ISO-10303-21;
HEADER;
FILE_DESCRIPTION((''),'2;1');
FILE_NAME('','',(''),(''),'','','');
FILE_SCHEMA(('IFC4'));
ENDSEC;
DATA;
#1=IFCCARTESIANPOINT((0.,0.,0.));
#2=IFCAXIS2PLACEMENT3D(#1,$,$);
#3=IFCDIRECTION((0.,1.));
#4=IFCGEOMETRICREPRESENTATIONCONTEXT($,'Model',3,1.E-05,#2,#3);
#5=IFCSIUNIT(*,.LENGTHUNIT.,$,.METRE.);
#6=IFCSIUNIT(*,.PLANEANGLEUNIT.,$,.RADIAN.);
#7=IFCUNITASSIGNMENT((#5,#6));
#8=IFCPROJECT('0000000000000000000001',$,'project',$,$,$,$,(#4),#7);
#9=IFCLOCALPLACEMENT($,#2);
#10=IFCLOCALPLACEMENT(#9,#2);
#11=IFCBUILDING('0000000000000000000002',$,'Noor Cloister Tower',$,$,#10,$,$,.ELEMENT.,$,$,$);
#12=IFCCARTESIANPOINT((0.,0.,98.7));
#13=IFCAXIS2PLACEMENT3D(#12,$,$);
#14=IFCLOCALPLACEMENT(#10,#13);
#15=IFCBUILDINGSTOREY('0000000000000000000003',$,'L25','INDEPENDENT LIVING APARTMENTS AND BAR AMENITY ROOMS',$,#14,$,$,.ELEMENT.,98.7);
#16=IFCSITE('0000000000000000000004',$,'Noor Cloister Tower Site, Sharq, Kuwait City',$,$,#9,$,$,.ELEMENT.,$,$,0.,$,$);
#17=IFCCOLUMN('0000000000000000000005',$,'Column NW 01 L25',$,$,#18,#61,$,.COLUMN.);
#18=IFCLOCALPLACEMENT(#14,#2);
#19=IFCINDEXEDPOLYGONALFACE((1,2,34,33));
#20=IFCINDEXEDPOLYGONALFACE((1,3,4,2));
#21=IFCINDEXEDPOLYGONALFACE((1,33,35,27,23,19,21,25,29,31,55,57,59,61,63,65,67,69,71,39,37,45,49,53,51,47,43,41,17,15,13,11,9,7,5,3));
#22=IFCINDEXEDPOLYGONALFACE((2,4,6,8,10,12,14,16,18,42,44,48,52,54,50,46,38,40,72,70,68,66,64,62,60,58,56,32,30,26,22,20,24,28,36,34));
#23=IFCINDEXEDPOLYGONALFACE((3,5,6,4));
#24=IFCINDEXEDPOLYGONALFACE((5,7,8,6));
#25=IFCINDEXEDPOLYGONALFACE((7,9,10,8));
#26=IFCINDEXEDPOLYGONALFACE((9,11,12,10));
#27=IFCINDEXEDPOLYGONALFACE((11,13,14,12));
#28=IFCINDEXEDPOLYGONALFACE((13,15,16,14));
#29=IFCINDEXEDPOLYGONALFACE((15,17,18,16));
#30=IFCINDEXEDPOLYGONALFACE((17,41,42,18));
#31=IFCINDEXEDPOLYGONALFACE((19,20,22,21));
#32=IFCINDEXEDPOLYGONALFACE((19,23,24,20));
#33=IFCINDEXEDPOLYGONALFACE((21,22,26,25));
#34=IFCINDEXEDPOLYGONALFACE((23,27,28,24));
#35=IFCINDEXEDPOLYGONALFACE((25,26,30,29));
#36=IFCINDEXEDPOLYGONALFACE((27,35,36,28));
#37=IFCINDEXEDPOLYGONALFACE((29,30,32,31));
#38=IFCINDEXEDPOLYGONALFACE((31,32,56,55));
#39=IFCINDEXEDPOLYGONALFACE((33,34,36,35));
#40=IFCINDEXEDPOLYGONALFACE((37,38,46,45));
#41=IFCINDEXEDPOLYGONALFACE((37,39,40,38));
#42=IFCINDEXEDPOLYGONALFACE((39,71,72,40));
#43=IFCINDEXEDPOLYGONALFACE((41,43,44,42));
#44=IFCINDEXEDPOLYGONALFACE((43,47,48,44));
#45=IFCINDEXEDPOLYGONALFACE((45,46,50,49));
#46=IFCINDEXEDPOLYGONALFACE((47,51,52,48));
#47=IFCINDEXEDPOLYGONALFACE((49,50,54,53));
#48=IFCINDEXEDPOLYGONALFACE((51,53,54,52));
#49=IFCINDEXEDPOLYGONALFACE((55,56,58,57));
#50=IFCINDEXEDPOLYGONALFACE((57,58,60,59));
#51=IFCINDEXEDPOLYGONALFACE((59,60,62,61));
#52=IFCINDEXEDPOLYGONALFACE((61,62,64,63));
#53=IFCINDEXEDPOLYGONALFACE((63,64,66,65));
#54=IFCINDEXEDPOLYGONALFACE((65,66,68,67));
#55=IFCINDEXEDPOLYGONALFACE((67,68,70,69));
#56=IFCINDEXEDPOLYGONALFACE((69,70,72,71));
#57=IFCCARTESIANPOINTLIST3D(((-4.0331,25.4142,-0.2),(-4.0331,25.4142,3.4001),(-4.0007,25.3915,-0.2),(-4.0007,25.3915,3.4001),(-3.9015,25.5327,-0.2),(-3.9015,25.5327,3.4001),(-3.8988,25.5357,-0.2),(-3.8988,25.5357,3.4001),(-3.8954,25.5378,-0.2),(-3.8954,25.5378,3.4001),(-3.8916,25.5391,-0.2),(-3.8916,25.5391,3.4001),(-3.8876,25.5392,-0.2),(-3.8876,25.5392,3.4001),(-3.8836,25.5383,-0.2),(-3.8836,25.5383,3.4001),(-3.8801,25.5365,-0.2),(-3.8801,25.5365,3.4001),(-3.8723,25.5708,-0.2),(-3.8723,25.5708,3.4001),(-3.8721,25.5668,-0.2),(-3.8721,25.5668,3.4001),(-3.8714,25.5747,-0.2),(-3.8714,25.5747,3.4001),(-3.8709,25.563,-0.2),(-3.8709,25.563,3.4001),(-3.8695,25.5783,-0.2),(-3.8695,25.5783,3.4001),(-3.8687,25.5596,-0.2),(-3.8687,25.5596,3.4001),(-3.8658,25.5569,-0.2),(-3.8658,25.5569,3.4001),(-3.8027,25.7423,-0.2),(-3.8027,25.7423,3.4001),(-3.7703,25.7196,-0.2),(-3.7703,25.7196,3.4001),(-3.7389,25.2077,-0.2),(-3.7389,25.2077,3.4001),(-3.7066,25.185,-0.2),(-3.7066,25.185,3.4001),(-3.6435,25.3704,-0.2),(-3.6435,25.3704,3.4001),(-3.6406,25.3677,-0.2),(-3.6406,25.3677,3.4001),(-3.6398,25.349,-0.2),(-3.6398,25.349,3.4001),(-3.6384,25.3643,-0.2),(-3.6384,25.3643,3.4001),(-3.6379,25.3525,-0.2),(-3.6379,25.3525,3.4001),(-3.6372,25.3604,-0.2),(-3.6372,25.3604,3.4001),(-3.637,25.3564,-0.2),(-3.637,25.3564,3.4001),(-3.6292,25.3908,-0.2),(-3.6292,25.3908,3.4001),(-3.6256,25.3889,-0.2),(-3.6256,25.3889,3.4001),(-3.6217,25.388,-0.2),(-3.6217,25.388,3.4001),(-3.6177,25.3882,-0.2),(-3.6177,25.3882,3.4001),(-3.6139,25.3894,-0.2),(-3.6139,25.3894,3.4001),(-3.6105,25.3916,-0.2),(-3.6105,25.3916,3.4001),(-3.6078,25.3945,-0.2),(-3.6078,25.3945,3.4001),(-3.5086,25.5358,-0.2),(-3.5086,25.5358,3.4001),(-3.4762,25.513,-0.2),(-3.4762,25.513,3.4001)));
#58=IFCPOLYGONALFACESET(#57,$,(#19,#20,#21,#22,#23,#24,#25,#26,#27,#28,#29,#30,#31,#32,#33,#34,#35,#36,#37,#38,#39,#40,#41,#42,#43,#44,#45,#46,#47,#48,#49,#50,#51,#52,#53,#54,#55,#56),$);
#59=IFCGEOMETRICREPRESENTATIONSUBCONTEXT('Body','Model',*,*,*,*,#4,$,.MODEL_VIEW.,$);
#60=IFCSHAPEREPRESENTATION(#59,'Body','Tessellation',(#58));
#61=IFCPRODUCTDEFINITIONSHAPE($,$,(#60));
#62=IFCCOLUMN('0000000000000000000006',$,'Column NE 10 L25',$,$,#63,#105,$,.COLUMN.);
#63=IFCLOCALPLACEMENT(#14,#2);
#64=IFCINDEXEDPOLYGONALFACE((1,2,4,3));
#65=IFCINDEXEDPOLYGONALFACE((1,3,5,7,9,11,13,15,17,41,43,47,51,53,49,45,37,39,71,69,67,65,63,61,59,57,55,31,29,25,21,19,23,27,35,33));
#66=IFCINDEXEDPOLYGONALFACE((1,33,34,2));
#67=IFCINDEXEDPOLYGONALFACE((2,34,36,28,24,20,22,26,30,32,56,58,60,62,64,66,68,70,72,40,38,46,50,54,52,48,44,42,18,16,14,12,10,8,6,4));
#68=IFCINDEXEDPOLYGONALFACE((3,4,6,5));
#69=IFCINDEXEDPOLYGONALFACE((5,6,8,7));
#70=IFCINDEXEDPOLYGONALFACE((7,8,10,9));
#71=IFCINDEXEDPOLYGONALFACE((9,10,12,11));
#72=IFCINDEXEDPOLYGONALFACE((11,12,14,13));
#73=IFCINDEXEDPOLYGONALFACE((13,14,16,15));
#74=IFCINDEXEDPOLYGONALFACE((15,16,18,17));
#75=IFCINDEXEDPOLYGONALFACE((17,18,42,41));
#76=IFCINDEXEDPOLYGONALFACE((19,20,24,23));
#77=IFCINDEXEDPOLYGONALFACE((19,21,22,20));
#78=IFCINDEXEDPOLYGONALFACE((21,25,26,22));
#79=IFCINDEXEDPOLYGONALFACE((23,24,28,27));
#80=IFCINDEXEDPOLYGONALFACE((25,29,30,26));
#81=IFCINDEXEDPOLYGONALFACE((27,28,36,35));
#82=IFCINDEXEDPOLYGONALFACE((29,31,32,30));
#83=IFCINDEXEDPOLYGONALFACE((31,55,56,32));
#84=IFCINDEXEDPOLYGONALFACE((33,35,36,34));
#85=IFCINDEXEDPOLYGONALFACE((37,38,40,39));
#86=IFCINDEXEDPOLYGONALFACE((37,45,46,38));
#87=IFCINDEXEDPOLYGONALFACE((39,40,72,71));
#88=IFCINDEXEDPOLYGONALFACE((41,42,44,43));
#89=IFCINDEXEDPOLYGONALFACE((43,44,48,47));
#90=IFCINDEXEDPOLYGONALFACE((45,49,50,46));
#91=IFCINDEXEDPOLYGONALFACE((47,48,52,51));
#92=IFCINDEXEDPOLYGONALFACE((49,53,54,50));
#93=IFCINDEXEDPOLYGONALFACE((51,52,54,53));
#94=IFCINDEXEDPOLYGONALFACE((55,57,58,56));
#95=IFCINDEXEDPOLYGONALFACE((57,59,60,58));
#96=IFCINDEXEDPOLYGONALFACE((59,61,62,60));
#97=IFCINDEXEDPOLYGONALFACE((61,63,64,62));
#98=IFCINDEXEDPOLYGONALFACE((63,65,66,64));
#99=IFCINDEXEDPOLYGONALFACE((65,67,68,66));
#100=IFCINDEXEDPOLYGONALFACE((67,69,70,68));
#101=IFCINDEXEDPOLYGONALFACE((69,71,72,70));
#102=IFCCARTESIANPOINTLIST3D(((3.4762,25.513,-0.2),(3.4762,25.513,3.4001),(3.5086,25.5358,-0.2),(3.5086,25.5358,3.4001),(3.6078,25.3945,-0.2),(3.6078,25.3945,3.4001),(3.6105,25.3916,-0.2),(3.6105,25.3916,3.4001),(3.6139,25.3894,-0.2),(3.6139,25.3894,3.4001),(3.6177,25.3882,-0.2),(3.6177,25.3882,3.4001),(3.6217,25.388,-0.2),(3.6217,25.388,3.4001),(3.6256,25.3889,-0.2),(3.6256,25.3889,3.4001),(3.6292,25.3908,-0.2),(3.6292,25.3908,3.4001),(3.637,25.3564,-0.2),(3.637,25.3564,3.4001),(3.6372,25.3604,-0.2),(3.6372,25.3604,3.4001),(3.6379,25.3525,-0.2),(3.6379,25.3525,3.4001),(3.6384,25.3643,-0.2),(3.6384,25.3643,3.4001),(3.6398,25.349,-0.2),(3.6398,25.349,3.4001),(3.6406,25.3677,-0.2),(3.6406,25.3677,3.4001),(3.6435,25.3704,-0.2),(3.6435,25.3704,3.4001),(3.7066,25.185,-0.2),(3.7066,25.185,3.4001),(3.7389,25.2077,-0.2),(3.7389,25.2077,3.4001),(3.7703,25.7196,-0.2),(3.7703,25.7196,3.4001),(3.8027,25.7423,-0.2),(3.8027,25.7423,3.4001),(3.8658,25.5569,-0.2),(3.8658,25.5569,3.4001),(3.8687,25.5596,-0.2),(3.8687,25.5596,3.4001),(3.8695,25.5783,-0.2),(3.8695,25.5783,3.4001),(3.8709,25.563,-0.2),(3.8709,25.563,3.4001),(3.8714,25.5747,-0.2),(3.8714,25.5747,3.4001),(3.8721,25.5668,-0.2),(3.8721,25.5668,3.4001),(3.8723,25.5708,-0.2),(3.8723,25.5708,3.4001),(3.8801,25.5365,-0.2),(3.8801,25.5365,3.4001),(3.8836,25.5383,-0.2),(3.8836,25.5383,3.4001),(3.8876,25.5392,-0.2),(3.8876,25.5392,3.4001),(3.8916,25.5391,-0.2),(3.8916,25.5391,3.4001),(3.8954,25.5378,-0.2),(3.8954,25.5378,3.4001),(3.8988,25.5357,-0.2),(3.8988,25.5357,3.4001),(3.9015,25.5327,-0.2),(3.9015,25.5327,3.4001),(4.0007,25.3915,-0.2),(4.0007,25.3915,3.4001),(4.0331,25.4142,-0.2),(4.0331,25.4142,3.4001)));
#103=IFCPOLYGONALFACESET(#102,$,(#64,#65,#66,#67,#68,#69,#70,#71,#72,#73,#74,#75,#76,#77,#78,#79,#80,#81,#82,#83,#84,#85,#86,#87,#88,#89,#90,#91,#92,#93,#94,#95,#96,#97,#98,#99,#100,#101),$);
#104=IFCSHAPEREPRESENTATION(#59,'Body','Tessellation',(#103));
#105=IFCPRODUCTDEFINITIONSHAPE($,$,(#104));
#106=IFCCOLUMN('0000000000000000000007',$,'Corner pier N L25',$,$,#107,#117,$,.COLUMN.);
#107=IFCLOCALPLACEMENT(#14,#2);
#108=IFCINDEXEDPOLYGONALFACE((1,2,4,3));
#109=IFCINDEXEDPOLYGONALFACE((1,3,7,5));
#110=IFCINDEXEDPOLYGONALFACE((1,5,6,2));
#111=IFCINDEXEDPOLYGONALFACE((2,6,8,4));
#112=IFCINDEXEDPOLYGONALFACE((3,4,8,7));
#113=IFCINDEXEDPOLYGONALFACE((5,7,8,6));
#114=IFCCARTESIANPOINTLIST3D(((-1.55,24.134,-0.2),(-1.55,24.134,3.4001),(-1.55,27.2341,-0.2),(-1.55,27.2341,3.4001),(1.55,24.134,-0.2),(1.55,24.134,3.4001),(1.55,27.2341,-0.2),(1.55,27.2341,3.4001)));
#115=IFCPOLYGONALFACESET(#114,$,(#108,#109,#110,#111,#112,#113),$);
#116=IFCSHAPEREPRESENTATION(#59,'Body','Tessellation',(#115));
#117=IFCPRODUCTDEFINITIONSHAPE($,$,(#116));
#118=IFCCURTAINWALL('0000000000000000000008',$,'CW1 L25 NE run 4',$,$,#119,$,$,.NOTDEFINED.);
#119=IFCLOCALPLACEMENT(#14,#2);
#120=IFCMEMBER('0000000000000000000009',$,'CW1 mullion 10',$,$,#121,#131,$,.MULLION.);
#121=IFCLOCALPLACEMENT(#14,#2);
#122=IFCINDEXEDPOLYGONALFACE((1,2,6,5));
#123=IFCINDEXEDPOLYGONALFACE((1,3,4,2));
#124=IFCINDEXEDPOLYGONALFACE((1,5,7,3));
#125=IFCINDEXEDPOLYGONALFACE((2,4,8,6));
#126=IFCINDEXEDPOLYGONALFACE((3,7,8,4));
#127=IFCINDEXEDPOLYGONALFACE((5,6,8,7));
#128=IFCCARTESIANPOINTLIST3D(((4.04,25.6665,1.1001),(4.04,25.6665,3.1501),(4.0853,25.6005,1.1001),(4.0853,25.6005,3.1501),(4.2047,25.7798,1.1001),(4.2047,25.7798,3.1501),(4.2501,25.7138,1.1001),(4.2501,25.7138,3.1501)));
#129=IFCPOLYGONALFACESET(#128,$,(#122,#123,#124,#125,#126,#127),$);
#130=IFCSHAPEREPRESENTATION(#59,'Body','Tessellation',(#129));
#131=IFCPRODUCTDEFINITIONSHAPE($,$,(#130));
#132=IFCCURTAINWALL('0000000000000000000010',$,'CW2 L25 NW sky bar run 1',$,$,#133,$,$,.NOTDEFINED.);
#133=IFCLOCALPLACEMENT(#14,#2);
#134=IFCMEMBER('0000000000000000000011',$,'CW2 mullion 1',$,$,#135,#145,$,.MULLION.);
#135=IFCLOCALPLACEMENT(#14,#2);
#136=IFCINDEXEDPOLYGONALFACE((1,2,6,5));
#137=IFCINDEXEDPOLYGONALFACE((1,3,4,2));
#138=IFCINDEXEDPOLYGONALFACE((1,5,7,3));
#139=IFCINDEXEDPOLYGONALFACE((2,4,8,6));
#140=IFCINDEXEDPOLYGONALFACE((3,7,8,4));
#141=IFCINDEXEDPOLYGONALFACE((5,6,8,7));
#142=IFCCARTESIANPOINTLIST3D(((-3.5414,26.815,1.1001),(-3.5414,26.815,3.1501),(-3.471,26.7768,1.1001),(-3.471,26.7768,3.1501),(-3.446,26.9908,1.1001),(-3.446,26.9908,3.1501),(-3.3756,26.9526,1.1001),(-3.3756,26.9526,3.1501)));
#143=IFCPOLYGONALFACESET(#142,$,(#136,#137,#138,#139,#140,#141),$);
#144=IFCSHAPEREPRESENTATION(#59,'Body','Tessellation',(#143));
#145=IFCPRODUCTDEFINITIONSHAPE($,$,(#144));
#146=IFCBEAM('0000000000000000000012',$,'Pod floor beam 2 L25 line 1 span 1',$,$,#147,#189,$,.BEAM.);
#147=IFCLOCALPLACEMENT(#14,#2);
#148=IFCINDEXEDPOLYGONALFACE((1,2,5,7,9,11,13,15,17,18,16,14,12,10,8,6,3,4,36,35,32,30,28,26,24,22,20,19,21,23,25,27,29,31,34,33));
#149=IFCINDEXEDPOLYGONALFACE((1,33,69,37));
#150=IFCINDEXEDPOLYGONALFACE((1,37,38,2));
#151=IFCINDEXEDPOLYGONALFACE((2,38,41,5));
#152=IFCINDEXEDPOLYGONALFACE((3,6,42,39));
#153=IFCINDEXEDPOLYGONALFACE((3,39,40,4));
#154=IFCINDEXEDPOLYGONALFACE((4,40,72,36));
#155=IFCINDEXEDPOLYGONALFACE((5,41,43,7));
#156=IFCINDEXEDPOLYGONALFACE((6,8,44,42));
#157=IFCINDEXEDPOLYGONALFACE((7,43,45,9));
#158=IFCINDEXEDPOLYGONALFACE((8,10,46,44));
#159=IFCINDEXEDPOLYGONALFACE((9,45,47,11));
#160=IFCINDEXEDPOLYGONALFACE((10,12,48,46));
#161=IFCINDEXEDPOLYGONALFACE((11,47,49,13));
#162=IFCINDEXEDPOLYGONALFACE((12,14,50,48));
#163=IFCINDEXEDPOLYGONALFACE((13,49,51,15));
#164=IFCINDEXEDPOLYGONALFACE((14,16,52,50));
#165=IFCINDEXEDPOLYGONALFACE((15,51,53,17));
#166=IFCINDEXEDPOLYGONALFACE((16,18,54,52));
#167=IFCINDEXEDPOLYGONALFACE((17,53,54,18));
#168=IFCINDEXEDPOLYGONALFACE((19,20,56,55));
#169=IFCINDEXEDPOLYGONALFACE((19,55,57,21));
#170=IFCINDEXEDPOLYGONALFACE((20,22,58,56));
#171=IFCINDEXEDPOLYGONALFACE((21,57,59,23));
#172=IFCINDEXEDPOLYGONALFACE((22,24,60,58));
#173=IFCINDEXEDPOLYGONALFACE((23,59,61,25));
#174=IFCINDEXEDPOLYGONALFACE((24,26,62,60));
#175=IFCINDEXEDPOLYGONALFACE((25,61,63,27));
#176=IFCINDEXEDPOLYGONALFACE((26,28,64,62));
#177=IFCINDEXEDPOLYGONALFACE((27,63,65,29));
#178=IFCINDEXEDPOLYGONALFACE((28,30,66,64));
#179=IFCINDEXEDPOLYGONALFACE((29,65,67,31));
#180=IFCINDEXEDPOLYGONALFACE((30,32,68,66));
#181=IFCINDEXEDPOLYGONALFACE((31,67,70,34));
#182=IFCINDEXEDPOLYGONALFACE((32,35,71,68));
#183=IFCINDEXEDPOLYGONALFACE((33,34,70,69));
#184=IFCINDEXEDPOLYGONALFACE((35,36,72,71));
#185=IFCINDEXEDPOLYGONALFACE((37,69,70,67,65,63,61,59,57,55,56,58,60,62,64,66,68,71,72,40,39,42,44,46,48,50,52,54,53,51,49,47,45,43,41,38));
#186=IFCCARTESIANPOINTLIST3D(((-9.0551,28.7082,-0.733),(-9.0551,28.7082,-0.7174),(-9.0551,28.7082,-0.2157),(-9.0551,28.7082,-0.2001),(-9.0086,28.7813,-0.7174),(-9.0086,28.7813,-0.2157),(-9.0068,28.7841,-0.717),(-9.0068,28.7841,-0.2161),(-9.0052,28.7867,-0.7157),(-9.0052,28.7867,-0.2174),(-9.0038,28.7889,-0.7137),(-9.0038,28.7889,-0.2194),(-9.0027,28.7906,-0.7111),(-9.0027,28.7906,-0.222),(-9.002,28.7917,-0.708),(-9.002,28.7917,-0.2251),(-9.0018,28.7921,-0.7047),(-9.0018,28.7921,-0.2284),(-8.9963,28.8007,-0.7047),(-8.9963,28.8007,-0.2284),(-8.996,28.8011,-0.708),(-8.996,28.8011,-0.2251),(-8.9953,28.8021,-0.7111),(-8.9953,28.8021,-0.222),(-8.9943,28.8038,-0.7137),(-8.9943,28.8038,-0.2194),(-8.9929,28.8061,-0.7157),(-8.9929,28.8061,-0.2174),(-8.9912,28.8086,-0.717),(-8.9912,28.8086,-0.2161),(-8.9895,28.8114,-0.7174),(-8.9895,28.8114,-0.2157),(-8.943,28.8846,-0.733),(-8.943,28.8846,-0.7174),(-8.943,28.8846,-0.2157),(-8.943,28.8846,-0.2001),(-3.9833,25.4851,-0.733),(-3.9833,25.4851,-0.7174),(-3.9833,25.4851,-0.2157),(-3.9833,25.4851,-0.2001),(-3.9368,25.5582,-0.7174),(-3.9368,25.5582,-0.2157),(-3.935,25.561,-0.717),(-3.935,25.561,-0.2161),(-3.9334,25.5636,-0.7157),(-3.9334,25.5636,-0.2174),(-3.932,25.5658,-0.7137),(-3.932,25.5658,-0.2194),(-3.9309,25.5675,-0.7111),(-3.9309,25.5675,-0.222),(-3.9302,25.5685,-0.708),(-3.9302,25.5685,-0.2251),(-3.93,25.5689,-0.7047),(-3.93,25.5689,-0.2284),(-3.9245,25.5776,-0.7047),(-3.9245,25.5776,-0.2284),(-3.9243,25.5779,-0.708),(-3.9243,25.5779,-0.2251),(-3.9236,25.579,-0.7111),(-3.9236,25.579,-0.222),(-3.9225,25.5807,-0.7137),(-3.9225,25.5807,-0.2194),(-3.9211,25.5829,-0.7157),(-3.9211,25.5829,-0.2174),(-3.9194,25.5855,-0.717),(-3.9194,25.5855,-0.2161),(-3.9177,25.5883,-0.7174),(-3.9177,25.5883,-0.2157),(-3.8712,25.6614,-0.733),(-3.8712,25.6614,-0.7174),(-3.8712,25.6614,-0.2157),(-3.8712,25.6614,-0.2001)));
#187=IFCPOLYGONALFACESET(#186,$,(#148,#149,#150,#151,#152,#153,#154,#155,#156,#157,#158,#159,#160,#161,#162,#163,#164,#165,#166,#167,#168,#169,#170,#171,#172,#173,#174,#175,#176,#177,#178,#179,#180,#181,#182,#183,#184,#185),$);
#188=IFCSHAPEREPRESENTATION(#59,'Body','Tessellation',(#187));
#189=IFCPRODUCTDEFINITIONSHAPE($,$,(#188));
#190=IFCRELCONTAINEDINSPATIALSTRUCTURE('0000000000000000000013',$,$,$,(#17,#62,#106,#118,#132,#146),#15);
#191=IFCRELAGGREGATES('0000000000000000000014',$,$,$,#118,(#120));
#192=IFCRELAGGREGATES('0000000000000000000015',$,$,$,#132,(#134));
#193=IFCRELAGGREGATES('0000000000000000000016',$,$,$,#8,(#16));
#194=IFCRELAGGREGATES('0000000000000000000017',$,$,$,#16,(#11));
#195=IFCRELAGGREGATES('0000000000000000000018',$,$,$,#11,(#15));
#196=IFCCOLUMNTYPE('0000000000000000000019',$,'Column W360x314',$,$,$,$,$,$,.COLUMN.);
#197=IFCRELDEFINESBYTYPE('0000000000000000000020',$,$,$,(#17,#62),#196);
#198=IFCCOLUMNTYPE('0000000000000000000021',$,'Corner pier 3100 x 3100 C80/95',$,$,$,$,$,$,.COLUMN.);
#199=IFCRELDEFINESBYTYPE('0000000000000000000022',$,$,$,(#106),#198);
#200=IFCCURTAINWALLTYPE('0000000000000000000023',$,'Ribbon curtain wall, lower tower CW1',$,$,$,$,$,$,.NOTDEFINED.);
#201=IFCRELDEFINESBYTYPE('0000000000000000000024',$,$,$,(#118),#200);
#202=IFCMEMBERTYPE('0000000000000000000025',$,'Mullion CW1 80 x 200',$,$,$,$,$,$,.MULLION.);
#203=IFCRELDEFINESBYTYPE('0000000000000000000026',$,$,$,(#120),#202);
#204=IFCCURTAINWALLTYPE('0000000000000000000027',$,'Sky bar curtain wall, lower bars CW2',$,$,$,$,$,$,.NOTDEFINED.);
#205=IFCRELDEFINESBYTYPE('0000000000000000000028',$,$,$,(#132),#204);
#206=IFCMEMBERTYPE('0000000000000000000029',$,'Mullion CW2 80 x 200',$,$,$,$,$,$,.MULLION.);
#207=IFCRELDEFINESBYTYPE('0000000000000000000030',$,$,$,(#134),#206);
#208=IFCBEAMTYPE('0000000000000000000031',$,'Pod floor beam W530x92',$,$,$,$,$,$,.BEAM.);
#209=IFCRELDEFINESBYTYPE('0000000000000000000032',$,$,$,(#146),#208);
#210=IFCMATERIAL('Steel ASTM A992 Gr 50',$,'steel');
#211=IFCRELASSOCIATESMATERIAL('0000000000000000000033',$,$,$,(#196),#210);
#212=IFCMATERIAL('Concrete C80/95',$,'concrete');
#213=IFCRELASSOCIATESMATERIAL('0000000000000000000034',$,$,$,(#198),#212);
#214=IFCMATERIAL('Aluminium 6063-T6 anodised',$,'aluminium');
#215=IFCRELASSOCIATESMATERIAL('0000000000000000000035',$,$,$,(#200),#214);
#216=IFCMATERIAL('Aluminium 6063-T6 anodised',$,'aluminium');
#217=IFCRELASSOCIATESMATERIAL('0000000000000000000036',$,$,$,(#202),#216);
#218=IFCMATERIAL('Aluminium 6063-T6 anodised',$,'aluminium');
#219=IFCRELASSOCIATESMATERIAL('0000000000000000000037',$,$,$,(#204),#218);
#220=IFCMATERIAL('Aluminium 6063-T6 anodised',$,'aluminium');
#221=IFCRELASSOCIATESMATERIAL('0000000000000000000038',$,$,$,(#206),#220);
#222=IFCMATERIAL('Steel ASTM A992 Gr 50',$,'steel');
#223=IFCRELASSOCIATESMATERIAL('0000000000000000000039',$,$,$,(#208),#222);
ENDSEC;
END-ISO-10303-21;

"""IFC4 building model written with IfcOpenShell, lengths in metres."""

from ifc_helpers import new_model, si_unit, direction, frame, origin, origin_2d, place, context, subcontext, project, spatial, rectangle, i_section, extrude, material, material_profile, profile_set, type_object, element, aggregate, save


model = new_model("IFC4")

# Units and contexts
model_context = context("Model", 3, precision=1e-05, world=origin(), true_north=direction((0.0, 1.0)))
body_context = subcontext(model_context, "Body", "Model", "MODEL_VIEW")
ifc_project = project(units=[si_unit("LENGTHUNIT", "METRE"), si_unit("PLANEANGLEUNIT", "RADIAN")], contexts=[model_context])

# Site, building, storey
site_placement = place(None, origin())
site = spatial("IfcSite", under=ifc_project, at=site_placement, Name="Noor Cloister Tower Site, Sharq, Kuwait City", CompositionType="ELEMENT", RefElevation=0.0)
building_placement = place(site_placement, origin())
building = spatial("IfcBuilding", under=site, at=building_placement, Name="Noor Cloister Tower", CompositionType="ELEMENT")
storey_placement = place(building_placement, frame((0.0, 0.0, 98.7)))
storey = spatial("IfcBuildingStorey", under=building, at=storey_placement, Name="L25", Description="INDEPENDENT LIVING APARTMENTS AND BAR AMENITY ROOMS", CompositionType="ELEMENT", Elevation=98.7)

# Columns
ifc_material_1 = material(Name="Steel ASTM A992 Gr 50", Category="steel")
ifc_material_profile_1 = material_profile(ifc_material_1, i_section(OverallWidth=0.4009, OverallDepth=0.3989, WebThickness=0.0249, FlangeThickness=0.0396, FilletRadius=0.0154, at=origin_2d()), Name="W360x314")
ifc_profile_set_1 = profile_set([ifc_material_profile_1], Name="Steel ASTM A992 Gr 50")
column_type_1 = type_object("IfcColumnType", Name="Column W360x314", PredefinedType="COLUMN", material=ifc_profile_set_1)
for number, where, z_axis, x_axis, name in (
    (1, (-3.7546, 25.4636, -0.2), (0.0, 0.0, 1.0), (-0.574648, -0.818401, 0.0), "Column NW 01 L25"),
    (2, (3.7546, 25.4636, -0.2), (0.0, 0.0, 1.0), (-0.574648, 0.818401, 0.0), "Column NE 10 L25"),
):
    element("IfcColumn", number, at=place(storey_placement, frame(where, z_axis=z_axis, x_axis=x_axis)), inside=storey, type_object=column_type_1, Name=name, PredefinedType="COLUMN", context=body_context, shape_type="SweptSolid", body=[
        extrude(i_section(OverallWidth=0.4009, OverallDepth=0.3989, WebThickness=0.0249, FlangeThickness=0.0396, FilletRadius=0.0154, at=origin_2d()), origin(), (0.0, 0.0, 1.0), 3.6001),
    ])
ifc_material_2 = material(Name="Concrete C80/95", Category="concrete")
ifc_material_profile_2 = material_profile(ifc_material_2, rectangle(XDim=3.1001, YDim=3.1001, at=origin_2d()), Name="RC 3100x3100")
ifc_profile_set_2 = profile_set([ifc_material_profile_2], Name="Concrete C80/95")
column_type_2 = type_object("IfcColumnType", Name="Corner pier 3100 x 3100 C80/95", PredefinedType="COLUMN", material=ifc_profile_set_2)
column_placement = place(storey_placement, frame((0.0, 25.6841, -0.2), z_axis=(0.0, 0.0, 1.0), x_axis=(0.0, 1.0, 0.0)))
element("IfcColumn", 3, at=column_placement, inside=storey, type_object=column_type_2, Name="Corner pier N L25", PredefinedType="COLUMN", context=body_context, shape_type="SweptSolid", body=[
    extrude(rectangle(XDim=3.1001, YDim=3.1001, at=origin_2d()), origin(), (0.0, 0.0, 1.0), 3.6001),
])

# Curtain walls, members
ifc_material_3 = material(Name="Aluminium 6063-T6 anodised", Category="aluminium")
curtain_wall_type_1 = type_object("IfcCurtainWallType", Name="Ribbon curtain wall, lower tower CW1", PredefinedType="NOTDEFINED", material=ifc_material_3)
curtain_wall_1_placement = place(storey_placement, origin())
curtain_wall_1 = element("IfcCurtainWall", 4, at=curtain_wall_1_placement, inside=storey, type_object=curtain_wall_type_1, Name="CW1 L25 NE run 4", PredefinedType="NOTDEFINED")
ifc_material_4 = material(Name="Aluminium 6063-T6 anodised", Category="aluminium")
ifc_material_profile_3 = material_profile(ifc_material_4, rectangle(XDim=0.2, YDim=0.0801, at=origin_2d()), Name="200 x 80 mullion")
ifc_profile_set_3 = profile_set([ifc_material_profile_3], Name="Aluminium 6063-T6 anodised")
member_type_1 = type_object("IfcMemberType", Name="Mullion CW1 80 x 200", PredefinedType="MULLION", material=ifc_profile_set_3)
member_1_placement = place(storey_placement, frame((4.145, 25.6902, 1.1001), z_axis=(0.0, 0.0, 1.0), x_axis=(-0.824017, -0.566566, 0.0)))
member_1 = element("IfcMember", 5, at=member_1_placement, type_object=member_type_1, Name="CW1 mullion 10", PredefinedType="MULLION", context=body_context, shape_type="SweptSolid", body=[
    extrude(rectangle(XDim=0.2, YDim=0.0801, at=origin_2d()), origin(), (0.0, 0.0, 1.0), 2.05),
])
aggregate(curtain_wall_1, [member_1])
ifc_material_5 = material(Name="Aluminium 6063-T6 anodised", Category="aluminium")
curtain_wall_type_2 = type_object("IfcCurtainWallType", Name="Sky bar curtain wall, lower bars CW2", PredefinedType="NOTDEFINED", material=ifc_material_5)
curtain_wall_2_placement = place(storey_placement, origin())
curtain_wall_2 = element("IfcCurtainWall", 6, at=curtain_wall_2_placement, inside=storey, type_object=curtain_wall_type_2, Name="CW2 L25 NW sky bar run 1", PredefinedType="NOTDEFINED")
ifc_material_6 = material(Name="Aluminium 6063-T6 anodised", Category="aluminium")
ifc_material_profile_4 = material_profile(ifc_material_6, rectangle(XDim=0.2, YDim=0.0801, at=origin_2d()), Name="200 x 80 mullion")
ifc_profile_set_4 = profile_set([ifc_material_profile_4], Name="Aluminium 6063-T6 anodised")
member_type_2 = type_object("IfcMemberType", Name="Mullion CW2 80 x 200", PredefinedType="MULLION", material=ifc_profile_set_4)
member_2_placement = place(storey_placement, frame((-3.4585, 26.8838, 1.1001), z_axis=(0.0, 0.0, 1.0), x_axis=(-0.476734, -0.879048, 0.0)))
member_2 = element("IfcMember", 7, at=member_2_placement, type_object=member_type_2, Name="CW2 mullion 1", PredefinedType="MULLION", context=body_context, shape_type="SweptSolid", body=[
    extrude(rectangle(XDim=0.2, YDim=0.0801, at=origin_2d()), origin(), (0.0, 0.0, 1.0), 2.05),
])
aggregate(curtain_wall_2, [member_2])

# Beam
ifc_material_7 = material(Name="Steel ASTM A992 Gr 50", Category="steel")
ifc_material_profile_5 = material_profile(ifc_material_7, i_section(OverallWidth=0.209, OverallDepth=0.533, WebThickness=0.0103, FlangeThickness=0.0156, FilletRadius=0.0127, at=origin_2d()), Name="W530x92")
ifc_profile_set_5 = profile_set([ifc_material_profile_5], Name="Steel ASTM A992 Gr 50")
beam_type_1 = type_object("IfcBeamType", Name="Pod floor beam W530x92", PredefinedType="BEAM", material=ifc_profile_set_5)
beam_1_placement = place(storey_placement, frame((-3.9272, 25.5732, -0.4666), z_axis=(-0.843989, 0.53636, 0.0), x_axis=(-0.53636, -0.843989, 0.0)))
element("IfcBeam", 8, at=beam_1_placement, inside=storey, type_object=beam_type_1, Name="Pod floor beam 2 L25 line 1 span 1", PredefinedType="BEAM", context=body_context, shape_type="SweptSolid", body=[
    extrude(i_section(OverallWidth=0.209, OverallDepth=0.533, WebThickness=0.0103, FlangeThickness=0.0156, FilletRadius=0.0127, at=origin_2d()), origin(), (0.0, 0.0, 1.0), 6.0093),
])

save(model, "model.ifc")
